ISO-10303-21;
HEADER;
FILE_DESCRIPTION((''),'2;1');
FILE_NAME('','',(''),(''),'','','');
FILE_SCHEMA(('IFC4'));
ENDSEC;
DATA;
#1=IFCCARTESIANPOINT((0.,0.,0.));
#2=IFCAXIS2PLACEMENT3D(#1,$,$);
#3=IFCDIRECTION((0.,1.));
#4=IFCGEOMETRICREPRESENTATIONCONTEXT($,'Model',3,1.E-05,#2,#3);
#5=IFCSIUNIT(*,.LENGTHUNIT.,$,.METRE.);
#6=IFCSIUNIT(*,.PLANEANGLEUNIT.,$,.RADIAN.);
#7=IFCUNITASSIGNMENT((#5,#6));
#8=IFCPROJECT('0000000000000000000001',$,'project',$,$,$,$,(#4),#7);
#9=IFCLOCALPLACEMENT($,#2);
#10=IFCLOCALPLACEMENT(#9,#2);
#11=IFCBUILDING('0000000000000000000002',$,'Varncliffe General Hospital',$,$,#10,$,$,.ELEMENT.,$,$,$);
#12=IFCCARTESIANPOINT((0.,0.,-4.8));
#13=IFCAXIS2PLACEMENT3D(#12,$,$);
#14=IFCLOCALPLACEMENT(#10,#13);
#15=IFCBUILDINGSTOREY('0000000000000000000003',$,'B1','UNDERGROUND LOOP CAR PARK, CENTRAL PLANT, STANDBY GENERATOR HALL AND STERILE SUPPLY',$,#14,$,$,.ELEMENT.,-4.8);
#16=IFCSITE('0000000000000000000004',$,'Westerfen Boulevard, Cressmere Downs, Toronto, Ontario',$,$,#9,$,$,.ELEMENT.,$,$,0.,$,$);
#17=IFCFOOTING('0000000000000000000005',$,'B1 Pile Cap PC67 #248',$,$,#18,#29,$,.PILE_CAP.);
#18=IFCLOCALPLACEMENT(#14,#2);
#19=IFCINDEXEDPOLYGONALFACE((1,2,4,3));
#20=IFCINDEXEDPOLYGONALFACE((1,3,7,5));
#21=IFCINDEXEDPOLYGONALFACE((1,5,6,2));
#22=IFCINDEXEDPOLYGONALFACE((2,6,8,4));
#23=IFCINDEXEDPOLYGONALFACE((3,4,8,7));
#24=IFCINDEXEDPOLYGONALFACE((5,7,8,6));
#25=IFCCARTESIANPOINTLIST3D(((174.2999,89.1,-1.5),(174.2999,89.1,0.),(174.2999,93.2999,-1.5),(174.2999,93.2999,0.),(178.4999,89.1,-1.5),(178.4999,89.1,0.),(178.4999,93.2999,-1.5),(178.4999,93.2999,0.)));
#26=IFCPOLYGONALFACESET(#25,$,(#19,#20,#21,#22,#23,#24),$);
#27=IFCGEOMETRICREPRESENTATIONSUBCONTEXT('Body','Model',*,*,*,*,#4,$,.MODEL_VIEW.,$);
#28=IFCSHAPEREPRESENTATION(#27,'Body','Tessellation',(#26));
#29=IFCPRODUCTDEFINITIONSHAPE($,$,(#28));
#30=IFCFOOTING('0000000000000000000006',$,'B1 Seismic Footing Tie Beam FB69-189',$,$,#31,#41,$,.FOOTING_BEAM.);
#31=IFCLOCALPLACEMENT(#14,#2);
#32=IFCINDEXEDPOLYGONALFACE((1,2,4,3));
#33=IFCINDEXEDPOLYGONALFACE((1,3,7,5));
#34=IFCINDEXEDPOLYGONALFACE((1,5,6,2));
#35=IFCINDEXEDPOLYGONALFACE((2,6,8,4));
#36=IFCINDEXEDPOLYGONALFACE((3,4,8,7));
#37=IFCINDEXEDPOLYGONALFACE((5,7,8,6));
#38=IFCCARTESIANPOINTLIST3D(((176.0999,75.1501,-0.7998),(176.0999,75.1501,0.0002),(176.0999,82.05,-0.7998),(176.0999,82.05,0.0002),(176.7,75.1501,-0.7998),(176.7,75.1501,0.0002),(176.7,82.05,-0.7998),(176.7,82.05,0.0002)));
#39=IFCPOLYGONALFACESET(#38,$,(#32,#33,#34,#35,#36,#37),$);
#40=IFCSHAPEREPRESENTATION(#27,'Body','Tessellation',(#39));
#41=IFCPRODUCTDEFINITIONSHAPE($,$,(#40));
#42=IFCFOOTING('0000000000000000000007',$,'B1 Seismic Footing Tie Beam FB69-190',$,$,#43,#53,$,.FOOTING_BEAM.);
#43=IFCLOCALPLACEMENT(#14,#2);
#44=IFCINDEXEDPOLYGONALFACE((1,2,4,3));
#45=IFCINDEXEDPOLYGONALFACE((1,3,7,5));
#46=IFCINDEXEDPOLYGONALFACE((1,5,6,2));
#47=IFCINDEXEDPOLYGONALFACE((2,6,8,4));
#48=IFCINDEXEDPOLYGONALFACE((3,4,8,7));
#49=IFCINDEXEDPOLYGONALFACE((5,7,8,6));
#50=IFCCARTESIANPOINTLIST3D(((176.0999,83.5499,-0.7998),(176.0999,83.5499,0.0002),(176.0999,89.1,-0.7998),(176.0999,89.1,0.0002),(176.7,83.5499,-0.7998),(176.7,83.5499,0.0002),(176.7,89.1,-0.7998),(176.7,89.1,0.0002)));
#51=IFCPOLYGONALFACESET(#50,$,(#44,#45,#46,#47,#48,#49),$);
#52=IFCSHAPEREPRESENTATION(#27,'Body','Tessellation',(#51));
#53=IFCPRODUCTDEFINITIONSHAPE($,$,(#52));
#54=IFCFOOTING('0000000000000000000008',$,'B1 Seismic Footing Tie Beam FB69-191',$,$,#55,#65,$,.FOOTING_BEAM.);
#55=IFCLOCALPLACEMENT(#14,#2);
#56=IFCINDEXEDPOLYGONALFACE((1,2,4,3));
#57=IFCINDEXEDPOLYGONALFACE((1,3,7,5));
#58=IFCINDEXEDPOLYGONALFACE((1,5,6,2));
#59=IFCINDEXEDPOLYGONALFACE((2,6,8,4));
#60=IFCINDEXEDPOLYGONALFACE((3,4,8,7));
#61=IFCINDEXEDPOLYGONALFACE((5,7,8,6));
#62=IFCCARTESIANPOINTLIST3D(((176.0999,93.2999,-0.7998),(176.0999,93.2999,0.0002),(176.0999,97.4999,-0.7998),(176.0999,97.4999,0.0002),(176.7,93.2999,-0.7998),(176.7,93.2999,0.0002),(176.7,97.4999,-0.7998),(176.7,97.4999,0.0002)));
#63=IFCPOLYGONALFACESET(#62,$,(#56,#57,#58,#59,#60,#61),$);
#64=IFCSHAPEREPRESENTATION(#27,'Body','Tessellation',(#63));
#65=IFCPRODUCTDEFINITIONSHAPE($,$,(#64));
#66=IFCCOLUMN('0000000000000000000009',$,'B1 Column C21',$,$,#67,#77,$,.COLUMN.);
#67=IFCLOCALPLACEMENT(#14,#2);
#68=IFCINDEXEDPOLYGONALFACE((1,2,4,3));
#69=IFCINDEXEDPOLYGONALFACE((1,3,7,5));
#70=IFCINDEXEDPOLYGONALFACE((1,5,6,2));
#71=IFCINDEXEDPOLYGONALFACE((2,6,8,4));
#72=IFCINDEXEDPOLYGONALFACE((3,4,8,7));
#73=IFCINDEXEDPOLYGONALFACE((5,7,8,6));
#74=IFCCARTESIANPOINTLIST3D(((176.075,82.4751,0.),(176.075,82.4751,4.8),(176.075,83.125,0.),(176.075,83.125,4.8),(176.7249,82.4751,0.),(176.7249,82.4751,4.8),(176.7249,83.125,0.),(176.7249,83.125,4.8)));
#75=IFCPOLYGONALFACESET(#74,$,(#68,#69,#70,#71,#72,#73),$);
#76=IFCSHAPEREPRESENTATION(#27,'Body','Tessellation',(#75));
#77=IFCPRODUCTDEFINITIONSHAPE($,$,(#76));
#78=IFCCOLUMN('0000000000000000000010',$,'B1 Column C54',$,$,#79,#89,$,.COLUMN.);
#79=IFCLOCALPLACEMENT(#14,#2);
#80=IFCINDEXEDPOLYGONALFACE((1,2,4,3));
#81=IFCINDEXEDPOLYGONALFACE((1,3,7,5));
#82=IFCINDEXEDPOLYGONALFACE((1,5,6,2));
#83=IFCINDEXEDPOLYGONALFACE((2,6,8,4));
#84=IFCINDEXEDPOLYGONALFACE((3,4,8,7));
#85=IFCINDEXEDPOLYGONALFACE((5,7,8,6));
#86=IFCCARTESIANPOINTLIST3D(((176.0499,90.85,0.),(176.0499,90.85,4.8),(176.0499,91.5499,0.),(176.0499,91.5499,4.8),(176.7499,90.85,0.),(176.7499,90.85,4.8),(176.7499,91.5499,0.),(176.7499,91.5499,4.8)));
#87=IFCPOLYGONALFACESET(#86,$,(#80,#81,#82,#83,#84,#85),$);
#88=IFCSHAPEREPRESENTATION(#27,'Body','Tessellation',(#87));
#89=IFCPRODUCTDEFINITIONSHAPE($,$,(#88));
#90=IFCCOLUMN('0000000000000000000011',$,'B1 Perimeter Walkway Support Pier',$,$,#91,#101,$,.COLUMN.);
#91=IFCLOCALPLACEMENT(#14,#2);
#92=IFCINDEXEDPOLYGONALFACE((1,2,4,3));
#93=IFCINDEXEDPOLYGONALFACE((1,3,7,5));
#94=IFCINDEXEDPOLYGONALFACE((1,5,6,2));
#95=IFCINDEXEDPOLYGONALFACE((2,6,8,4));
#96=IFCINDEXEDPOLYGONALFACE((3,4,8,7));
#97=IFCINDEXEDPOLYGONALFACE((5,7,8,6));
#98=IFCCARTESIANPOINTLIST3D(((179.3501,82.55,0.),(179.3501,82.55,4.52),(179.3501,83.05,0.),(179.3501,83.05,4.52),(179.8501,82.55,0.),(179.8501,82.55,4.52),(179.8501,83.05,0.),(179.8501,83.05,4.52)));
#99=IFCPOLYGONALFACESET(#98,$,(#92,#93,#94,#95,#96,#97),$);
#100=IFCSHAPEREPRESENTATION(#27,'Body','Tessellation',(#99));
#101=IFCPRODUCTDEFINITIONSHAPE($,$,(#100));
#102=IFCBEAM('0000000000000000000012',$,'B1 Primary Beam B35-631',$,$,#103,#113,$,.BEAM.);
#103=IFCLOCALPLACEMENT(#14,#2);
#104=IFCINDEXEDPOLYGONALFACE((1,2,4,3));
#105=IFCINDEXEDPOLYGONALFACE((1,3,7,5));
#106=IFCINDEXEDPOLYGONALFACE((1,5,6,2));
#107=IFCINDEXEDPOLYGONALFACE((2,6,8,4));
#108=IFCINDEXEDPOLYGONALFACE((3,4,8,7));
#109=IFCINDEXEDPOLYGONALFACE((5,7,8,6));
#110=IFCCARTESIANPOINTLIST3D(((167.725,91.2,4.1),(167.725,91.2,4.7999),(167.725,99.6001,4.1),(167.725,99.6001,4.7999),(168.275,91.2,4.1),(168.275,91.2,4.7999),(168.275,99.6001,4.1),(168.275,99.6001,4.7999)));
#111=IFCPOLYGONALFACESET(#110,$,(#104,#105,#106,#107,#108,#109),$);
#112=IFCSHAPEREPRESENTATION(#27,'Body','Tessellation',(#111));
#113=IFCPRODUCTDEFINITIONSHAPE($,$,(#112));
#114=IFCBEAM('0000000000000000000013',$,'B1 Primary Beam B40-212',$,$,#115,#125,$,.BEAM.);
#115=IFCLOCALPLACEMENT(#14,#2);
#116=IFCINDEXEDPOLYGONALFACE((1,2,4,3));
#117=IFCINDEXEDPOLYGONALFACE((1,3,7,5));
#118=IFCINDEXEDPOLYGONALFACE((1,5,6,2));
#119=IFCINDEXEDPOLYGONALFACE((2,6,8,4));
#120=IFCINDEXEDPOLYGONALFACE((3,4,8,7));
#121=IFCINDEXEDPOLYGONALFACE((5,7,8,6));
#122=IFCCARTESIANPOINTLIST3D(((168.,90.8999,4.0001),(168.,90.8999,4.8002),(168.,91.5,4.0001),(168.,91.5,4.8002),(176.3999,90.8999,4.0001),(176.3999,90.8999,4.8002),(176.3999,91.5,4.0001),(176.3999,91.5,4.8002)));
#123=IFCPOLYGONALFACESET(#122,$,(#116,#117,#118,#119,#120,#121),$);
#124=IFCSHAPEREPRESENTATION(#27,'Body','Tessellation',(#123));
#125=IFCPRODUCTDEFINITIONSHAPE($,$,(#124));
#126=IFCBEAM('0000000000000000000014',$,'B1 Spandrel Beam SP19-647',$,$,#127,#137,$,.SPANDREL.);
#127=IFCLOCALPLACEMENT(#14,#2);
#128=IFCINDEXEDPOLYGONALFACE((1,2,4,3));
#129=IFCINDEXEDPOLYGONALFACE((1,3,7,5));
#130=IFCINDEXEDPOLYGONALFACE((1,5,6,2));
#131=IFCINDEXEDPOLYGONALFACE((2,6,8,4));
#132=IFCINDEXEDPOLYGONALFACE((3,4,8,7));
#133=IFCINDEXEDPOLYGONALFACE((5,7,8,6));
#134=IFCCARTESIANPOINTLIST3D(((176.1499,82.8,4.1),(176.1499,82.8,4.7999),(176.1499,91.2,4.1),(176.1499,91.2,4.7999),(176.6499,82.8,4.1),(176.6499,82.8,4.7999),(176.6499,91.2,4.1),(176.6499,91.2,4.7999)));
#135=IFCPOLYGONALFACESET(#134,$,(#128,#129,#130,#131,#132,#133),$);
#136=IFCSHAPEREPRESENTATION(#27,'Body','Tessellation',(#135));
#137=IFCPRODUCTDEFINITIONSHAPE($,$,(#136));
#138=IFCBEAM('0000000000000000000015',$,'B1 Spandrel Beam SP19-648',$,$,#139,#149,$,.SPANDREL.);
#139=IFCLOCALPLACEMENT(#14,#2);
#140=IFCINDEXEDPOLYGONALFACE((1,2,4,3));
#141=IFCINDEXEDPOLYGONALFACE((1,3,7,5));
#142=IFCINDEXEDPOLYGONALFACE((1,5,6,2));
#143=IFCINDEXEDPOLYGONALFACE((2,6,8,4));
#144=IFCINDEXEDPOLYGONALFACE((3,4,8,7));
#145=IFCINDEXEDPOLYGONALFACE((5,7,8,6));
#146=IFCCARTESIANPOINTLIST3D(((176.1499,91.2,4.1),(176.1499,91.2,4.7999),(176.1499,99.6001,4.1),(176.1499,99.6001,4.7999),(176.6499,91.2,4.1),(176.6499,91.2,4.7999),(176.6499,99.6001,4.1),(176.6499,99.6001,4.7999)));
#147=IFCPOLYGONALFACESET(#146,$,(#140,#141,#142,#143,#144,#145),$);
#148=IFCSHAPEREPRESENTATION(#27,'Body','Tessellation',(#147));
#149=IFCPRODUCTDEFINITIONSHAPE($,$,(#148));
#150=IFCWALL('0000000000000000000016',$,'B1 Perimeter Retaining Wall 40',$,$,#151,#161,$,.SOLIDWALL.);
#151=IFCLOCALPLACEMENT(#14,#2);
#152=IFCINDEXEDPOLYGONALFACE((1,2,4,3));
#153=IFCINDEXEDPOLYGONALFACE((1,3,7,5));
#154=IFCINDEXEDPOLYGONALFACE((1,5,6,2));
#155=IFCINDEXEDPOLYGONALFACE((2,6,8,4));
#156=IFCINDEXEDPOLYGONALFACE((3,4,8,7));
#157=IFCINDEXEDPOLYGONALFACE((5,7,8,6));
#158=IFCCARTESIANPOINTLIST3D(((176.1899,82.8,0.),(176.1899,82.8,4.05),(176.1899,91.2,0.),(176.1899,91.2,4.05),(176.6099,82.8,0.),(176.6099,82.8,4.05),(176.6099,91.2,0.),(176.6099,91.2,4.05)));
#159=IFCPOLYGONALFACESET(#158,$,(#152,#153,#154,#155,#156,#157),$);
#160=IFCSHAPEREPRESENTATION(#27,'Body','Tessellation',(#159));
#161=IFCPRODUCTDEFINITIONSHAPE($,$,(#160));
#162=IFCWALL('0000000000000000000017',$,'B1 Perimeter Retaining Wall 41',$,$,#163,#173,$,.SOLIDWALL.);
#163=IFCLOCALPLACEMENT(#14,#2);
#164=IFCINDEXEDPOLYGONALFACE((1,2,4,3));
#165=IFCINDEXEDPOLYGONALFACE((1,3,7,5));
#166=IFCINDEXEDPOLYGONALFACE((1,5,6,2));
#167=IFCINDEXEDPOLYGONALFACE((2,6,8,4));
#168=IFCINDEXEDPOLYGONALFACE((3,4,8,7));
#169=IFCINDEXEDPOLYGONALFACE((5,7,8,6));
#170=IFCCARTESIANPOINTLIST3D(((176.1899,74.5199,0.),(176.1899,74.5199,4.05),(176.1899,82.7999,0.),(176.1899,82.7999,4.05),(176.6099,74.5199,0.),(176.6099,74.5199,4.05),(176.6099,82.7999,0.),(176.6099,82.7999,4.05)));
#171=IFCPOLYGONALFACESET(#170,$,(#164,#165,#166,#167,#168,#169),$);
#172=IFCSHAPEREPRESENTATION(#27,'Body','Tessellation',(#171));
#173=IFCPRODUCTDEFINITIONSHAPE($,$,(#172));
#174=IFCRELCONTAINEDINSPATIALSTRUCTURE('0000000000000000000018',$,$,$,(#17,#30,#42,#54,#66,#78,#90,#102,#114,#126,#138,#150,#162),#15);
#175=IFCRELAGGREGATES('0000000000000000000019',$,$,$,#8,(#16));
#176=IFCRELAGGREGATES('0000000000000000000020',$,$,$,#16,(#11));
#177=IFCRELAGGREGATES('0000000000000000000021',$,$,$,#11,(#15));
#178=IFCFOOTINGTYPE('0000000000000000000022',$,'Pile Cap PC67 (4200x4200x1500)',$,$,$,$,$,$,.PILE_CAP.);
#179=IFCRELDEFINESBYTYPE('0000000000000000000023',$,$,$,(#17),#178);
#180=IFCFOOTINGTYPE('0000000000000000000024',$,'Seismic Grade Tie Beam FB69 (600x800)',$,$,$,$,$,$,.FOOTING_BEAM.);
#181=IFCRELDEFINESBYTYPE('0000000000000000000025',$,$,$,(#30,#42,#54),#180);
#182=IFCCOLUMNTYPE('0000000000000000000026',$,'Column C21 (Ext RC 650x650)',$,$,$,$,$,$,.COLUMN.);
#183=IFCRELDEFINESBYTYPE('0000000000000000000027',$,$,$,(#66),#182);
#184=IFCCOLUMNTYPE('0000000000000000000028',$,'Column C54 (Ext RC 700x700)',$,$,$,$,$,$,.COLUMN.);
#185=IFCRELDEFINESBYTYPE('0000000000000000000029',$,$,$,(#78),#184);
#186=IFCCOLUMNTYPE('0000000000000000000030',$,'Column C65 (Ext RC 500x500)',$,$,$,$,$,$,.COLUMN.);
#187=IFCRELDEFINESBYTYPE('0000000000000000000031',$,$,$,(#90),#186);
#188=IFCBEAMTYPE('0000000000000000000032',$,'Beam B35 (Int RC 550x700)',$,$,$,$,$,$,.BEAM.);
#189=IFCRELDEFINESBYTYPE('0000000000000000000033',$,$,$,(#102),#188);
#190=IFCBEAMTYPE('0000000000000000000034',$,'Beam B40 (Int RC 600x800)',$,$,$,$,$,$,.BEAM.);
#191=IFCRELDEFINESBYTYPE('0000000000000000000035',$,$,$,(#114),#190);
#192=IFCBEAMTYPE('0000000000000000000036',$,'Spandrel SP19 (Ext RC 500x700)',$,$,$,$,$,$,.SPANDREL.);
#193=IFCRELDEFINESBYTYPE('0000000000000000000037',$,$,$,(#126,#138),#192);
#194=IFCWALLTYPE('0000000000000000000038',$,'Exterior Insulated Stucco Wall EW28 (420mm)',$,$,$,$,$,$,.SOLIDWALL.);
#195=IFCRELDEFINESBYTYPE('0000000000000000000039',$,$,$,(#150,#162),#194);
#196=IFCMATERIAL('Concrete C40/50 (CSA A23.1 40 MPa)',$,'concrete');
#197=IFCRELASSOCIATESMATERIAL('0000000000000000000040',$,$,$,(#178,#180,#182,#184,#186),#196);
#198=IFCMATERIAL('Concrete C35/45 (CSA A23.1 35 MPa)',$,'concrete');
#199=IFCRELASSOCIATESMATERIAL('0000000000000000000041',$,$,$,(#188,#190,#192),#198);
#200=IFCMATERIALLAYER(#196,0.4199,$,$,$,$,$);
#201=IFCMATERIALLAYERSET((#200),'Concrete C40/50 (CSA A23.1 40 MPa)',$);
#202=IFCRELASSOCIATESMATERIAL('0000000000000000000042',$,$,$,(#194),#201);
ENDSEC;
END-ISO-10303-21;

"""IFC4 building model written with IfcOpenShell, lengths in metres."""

from ifc_helpers import new_model, si_unit, direction, frame, frame_2d, origin, origin_2d, place, context, subcontext, project, spatial, rectangle, extrude, material, layer, layer_set, material_profile, profile_set, type_object, element, save


model = new_model("IFC4")

# Units and contexts
model_context = context("Model", 3, precision=1e-05, world=origin(), true_north=direction((0.0, 1.0)))
body_context = subcontext(model_context, "Body", "Model", "MODEL_VIEW")
ifc_project = project(units=[si_unit("LENGTHUNIT", "METRE"), si_unit("PLANEANGLEUNIT", "RADIAN")], contexts=[model_context])

# Site, building, storey
site_placement = place(None, origin())
site = spatial("IfcSite", under=ifc_project, at=site_placement, Name="Westerfen Boulevard, Cressmere Downs, Toronto, Ontario", CompositionType="ELEMENT", RefElevation=0.0)
building_placement = place(site_placement, origin())
building = spatial("IfcBuilding", under=site, at=building_placement, Name="Varncliffe General Hospital", CompositionType="ELEMENT")
storey_placement = place(building_placement, frame((0.0, 0.0, -4.8)))
storey = spatial("IfcBuildingStorey", under=building, at=storey_placement, Name="B1", Description="UNDERGROUND LOOP CAR PARK, CENTRAL PLANT, STANDBY GENERATOR HALL AND STERILE SUPPLY", CompositionType="ELEMENT", Elevation=-4.8)

# Shared definitions
ifc_material_1 = material(Name="Concrete C40/50 (CSA A23.1 40 MPa)", Category="concrete")

# Footings
footing_type_1 = type_object("IfcFootingType", Name="Pile Cap PC67 (4200x4200x1500)", PredefinedType="PILE_CAP", material=ifc_material_1)
footing_1_placement = place(storey_placement, frame((176.3999, 91.2, -1.5), z_axis=(0.0, 0.0, 1.0), x_axis=(1.0, 0.0, 0.0)))
element("IfcFooting", 1, at=footing_1_placement, inside=storey, type_object=footing_type_1, Name="B1 Pile Cap PC67 #248", PredefinedType="PILE_CAP", context=body_context, shape_type="SweptSolid", body=[
    extrude(rectangle(XDim=4.2, YDim=4.2, at=origin_2d()), origin(), (0.0, 0.0, 1.0), 1.5),
])
footing_type_2 = type_object("IfcFootingType", Name="Seismic Grade Tie Beam FB69 (600x800)", PredefinedType="FOOTING_BEAM", material=ifc_material_1)
footing_2_placement = place(storey_placement, frame((176.3999, 78.6001, -0.7998), z_axis=(0.0, 0.0, 1.0), x_axis=(1.0, 0.0, 0.0)))
element("IfcFooting", 2, at=footing_2_placement, inside=storey, type_object=footing_type_2, Name="B1 Seismic Footing Tie Beam FB69-189", PredefinedType="FOOTING_BEAM", context=body_context, shape_type="SweptSolid", body=[
    extrude(rectangle(XDim=0.6001, YDim=6.8999, at=origin_2d()), origin(), (0.0, 0.0, 1.0), 0.8),
])
footing_3_placement = place(storey_placement, frame((176.3999, 86.325, -0.7998), z_axis=(0.0, 0.0, 1.0), x_axis=(1.0, 0.0, 0.0)))
element("IfcFooting", 3, at=footing_3_placement, inside=storey, type_object=footing_type_2, Name="B1 Seismic Footing Tie Beam FB69-190", PredefinedType="FOOTING_BEAM", context=body_context, shape_type="SweptSolid", body=[
    extrude(rectangle(XDim=0.6001, YDim=5.55, at=origin_2d()), origin(), (0.0, 0.0, 1.0), 0.8),
])
footing_4_placement = place(storey_placement, frame((176.3999, 95.3999, -0.7998), z_axis=(0.0, 0.0, 1.0), x_axis=(1.0, 0.0, 0.0)))
element("IfcFooting", 4, at=footing_4_placement, inside=storey, type_object=footing_type_2, Name="B1 Seismic Footing Tie Beam FB69-191", PredefinedType="FOOTING_BEAM", context=body_context, shape_type="SweptSolid", body=[
    extrude(rectangle(XDim=0.6001, YDim=4.2, at=origin_2d()), origin(), (0.0, 0.0, 1.0), 0.8),
])

# Columns
ifc_material_profile_1 = material_profile(ifc_material_1, rectangle(XDim=0.6499, YDim=0.6499, at=origin_2d()), Name="RC 650x650")
ifc_profile_set_1 = profile_set([ifc_material_profile_1], Name="Concrete C40/50 (CSA A23.1 40 MPa)")
column_type_1 = type_object("IfcColumnType", Name="Column C21 (Ext RC 650x650)", PredefinedType="COLUMN", material=ifc_profile_set_1)
column_1_placement = place(storey_placement, frame((176.3999, 82.8, 0.0), z_axis=(0.0, 0.0, 1.0), x_axis=(1.0, 0.0, 0.0)))
element("IfcColumn", 5, at=column_1_placement, inside=storey, type_object=column_type_1, Name="B1 Column C21", PredefinedType="COLUMN", context=body_context, shape_type="SweptSolid", body=[
    extrude(rectangle(XDim=0.6499, YDim=0.6499, at=origin_2d()), origin(), (0.0, 0.0, 1.0), 4.8),
])
ifc_material_profile_2 = material_profile(ifc_material_1, rectangle(XDim=0.7, YDim=0.7, at=origin_2d()), Name="RC 700x700")
ifc_profile_set_2 = profile_set([ifc_material_profile_2], Name="Concrete C40/50 (CSA A23.1 40 MPa)")
column_type_2 = type_object("IfcColumnType", Name="Column C54 (Ext RC 700x700)", PredefinedType="COLUMN", material=ifc_profile_set_2)
column_2_placement = place(storey_placement, frame((176.3999, 91.2, 0.0), z_axis=(0.0, 0.0, 1.0), x_axis=(1.0, 0.0, 0.0)))
element("IfcColumn", 6, at=column_2_placement, inside=storey, type_object=column_type_2, Name="B1 Column C54", PredefinedType="COLUMN", context=body_context, shape_type="SweptSolid", body=[
    extrude(rectangle(XDim=0.7, YDim=0.7, at=origin_2d()), origin(), (0.0, 0.0, 1.0), 4.8),
])
ifc_material_profile_3 = material_profile(ifc_material_1, rectangle(XDim=0.5, YDim=0.5, at=origin_2d()), Name="RC 500x500")
ifc_profile_set_3 = profile_set([ifc_material_profile_3], Name="Concrete C40/50 (CSA A23.1 40 MPa)")
column_type_3 = type_object("IfcColumnType", Name="Column C65 (Ext RC 500x500)", PredefinedType="COLUMN", material=ifc_profile_set_3)
column_3_placement = place(storey_placement, frame((179.6001, 82.8, 0.0), z_axis=(0.0, 0.0, 1.0), x_axis=(1.0, 0.0, 0.0)))
element("IfcColumn", 7, at=column_3_placement, inside=storey, type_object=column_type_3, Name="B1 Perimeter Walkway Support Pier", PredefinedType="COLUMN", context=body_context, shape_type="SweptSolid", body=[
    extrude(rectangle(XDim=0.5, YDim=0.5, at=origin_2d()), origin(), (0.0, 0.0, 1.0), 4.52),
])

# Beams
ifc_material_2 = material(Name="Concrete C35/45 (CSA A23.1 35 MPa)", Category="concrete")
ifc_material_profile_4 = material_profile(ifc_material_2, rectangle(XDim=0.55, YDim=0.7, at=origin_2d()), Name="RC 550x700")
ifc_profile_set_4 = profile_set([ifc_material_profile_4], Name="Concrete C35/45 (CSA A23.1 35 MPa)")
beam_type_1 = type_object("IfcBeamType", Name="Beam B35 (Int RC 550x700)", PredefinedType="BEAM", material=ifc_profile_set_4)
beam_1_placement = place(storey_placement, frame((168.0, 91.2, 4.45), z_axis=(0.0, 1.0, 0.0), x_axis=(-1.0, 0.0, 0.0)))
element("IfcBeam", 8, at=beam_1_placement, inside=storey, type_object=beam_type_1, Name="B1 Primary Beam B35-631", PredefinedType="BEAM", context=body_context, shape_type="SweptSolid", body=[
    extrude(rectangle(XDim=0.55, YDim=0.7, at=origin_2d()), origin(), (0.0, 0.0, 1.0), 8.4001),
])
ifc_material_profile_5 = material_profile(ifc_material_2, rectangle(XDim=0.6001, YDim=0.8, at=origin_2d()), Name="RC 600x800")
ifc_profile_set_5 = profile_set([ifc_material_profile_5], Name="Concrete C35/45 (CSA A23.1 35 MPa)")
beam_type_2 = type_object("IfcBeamType", Name="Beam B40 (Int RC 600x800)", PredefinedType="BEAM", material=ifc_profile_set_5)
beam_2_placement = place(storey_placement, frame((168.0, 91.2, 4.4001), z_axis=(1.0, 0.0, 0.0), x_axis=(0.0, 1.0, 0.0)))
element("IfcBeam", 9, at=beam_2_placement, inside=storey, type_object=beam_type_2, Name="B1 Primary Beam B40-212", PredefinedType="BEAM", context=body_context, shape_type="SweptSolid", body=[
    extrude(rectangle(XDim=0.6001, YDim=0.8, at=origin_2d()), origin(), (0.0, 0.0, 1.0), 8.3999),
])
ifc_material_profile_6 = material_profile(ifc_material_2, rectangle(XDim=0.5, YDim=0.7, at=origin_2d()), Name="RC 500x700")
ifc_profile_set_6 = profile_set([ifc_material_profile_6], Name="Concrete C35/45 (CSA A23.1 35 MPa)")
beam_type_3 = type_object("IfcBeamType", Name="Spandrel SP19 (Ext RC 500x700)", PredefinedType="SPANDREL", material=ifc_profile_set_6)
beam_3_placement = place(storey_placement, frame((176.3999, 82.8, 4.45), z_axis=(0.0, 1.0, 0.0), x_axis=(-1.0, 0.0, 0.0)))
element("IfcBeam", 10, at=beam_3_placement, inside=storey, type_object=beam_type_3, Name="B1 Spandrel Beam SP19-647", PredefinedType="SPANDREL", context=body_context, shape_type="SweptSolid", body=[
    extrude(rectangle(XDim=0.5, YDim=0.7, at=origin_2d()), origin(), (0.0, 0.0, 1.0), 8.3999),
])
beam_4_placement = place(storey_placement, frame((176.3999, 91.2, 4.45), z_axis=(0.0, 1.0, 0.0), x_axis=(-1.0, 0.0, 0.0)))
element("IfcBeam", 11, at=beam_4_placement, inside=storey, type_object=beam_type_3, Name="B1 Spandrel Beam SP19-648", PredefinedType="SPANDREL", context=body_context, shape_type="SweptSolid", body=[
    extrude(rectangle(XDim=0.5, YDim=0.7, at=origin_2d()), origin(), (0.0, 0.0, 1.0), 8.4001),
])

# Walls
ifc_layer = layer(ifc_material_1, 0.4199)
ifc_layer_set = layer_set([ifc_layer], Name="Concrete C40/50 (CSA A23.1 40 MPa)")
wall_type = type_object("IfcWallType", Name="Exterior Insulated Stucco Wall EW28 (420mm)", PredefinedType="SOLIDWALL", material=ifc_layer_set)
wall_1_placement = place(storey_placement, frame((176.3999, 91.2, 0.0), z_axis=(0.0, 0.0, 1.0), x_axis=(0.0, -1.0, 0.0)))
element("IfcWall", 12, at=wall_1_placement, inside=storey, type_object=wall_type, Name="B1 Perimeter Retaining Wall 40", PredefinedType="SOLIDWALL", context=body_context, shape_type="SweptSolid", body=[
    extrude(rectangle(XDim=8.3999, YDim=0.4199, at=frame_2d((4.2, 0.0))), origin(), (0.0, 0.0, 1.0), 4.05),
])
wall_2_placement = place(storey_placement, frame((176.3999, 82.8, 0.0), z_axis=(0.0, 0.0, 1.0), x_axis=(0.0, -1.0, 0.0)))
element("IfcWall", 13, at=wall_2_placement, inside=storey, type_object=wall_type, Name="B1 Perimeter Retaining Wall 41", PredefinedType="SOLIDWALL", context=body_context, shape_type="SweptSolid", body=[
    extrude(rectangle(XDim=8.28, YDim=0.4199, at=frame_2d((4.1401, 0.0))), origin(), (0.0, 0.0, 1.0), 4.05),
])

save(model, "model.ifc")
